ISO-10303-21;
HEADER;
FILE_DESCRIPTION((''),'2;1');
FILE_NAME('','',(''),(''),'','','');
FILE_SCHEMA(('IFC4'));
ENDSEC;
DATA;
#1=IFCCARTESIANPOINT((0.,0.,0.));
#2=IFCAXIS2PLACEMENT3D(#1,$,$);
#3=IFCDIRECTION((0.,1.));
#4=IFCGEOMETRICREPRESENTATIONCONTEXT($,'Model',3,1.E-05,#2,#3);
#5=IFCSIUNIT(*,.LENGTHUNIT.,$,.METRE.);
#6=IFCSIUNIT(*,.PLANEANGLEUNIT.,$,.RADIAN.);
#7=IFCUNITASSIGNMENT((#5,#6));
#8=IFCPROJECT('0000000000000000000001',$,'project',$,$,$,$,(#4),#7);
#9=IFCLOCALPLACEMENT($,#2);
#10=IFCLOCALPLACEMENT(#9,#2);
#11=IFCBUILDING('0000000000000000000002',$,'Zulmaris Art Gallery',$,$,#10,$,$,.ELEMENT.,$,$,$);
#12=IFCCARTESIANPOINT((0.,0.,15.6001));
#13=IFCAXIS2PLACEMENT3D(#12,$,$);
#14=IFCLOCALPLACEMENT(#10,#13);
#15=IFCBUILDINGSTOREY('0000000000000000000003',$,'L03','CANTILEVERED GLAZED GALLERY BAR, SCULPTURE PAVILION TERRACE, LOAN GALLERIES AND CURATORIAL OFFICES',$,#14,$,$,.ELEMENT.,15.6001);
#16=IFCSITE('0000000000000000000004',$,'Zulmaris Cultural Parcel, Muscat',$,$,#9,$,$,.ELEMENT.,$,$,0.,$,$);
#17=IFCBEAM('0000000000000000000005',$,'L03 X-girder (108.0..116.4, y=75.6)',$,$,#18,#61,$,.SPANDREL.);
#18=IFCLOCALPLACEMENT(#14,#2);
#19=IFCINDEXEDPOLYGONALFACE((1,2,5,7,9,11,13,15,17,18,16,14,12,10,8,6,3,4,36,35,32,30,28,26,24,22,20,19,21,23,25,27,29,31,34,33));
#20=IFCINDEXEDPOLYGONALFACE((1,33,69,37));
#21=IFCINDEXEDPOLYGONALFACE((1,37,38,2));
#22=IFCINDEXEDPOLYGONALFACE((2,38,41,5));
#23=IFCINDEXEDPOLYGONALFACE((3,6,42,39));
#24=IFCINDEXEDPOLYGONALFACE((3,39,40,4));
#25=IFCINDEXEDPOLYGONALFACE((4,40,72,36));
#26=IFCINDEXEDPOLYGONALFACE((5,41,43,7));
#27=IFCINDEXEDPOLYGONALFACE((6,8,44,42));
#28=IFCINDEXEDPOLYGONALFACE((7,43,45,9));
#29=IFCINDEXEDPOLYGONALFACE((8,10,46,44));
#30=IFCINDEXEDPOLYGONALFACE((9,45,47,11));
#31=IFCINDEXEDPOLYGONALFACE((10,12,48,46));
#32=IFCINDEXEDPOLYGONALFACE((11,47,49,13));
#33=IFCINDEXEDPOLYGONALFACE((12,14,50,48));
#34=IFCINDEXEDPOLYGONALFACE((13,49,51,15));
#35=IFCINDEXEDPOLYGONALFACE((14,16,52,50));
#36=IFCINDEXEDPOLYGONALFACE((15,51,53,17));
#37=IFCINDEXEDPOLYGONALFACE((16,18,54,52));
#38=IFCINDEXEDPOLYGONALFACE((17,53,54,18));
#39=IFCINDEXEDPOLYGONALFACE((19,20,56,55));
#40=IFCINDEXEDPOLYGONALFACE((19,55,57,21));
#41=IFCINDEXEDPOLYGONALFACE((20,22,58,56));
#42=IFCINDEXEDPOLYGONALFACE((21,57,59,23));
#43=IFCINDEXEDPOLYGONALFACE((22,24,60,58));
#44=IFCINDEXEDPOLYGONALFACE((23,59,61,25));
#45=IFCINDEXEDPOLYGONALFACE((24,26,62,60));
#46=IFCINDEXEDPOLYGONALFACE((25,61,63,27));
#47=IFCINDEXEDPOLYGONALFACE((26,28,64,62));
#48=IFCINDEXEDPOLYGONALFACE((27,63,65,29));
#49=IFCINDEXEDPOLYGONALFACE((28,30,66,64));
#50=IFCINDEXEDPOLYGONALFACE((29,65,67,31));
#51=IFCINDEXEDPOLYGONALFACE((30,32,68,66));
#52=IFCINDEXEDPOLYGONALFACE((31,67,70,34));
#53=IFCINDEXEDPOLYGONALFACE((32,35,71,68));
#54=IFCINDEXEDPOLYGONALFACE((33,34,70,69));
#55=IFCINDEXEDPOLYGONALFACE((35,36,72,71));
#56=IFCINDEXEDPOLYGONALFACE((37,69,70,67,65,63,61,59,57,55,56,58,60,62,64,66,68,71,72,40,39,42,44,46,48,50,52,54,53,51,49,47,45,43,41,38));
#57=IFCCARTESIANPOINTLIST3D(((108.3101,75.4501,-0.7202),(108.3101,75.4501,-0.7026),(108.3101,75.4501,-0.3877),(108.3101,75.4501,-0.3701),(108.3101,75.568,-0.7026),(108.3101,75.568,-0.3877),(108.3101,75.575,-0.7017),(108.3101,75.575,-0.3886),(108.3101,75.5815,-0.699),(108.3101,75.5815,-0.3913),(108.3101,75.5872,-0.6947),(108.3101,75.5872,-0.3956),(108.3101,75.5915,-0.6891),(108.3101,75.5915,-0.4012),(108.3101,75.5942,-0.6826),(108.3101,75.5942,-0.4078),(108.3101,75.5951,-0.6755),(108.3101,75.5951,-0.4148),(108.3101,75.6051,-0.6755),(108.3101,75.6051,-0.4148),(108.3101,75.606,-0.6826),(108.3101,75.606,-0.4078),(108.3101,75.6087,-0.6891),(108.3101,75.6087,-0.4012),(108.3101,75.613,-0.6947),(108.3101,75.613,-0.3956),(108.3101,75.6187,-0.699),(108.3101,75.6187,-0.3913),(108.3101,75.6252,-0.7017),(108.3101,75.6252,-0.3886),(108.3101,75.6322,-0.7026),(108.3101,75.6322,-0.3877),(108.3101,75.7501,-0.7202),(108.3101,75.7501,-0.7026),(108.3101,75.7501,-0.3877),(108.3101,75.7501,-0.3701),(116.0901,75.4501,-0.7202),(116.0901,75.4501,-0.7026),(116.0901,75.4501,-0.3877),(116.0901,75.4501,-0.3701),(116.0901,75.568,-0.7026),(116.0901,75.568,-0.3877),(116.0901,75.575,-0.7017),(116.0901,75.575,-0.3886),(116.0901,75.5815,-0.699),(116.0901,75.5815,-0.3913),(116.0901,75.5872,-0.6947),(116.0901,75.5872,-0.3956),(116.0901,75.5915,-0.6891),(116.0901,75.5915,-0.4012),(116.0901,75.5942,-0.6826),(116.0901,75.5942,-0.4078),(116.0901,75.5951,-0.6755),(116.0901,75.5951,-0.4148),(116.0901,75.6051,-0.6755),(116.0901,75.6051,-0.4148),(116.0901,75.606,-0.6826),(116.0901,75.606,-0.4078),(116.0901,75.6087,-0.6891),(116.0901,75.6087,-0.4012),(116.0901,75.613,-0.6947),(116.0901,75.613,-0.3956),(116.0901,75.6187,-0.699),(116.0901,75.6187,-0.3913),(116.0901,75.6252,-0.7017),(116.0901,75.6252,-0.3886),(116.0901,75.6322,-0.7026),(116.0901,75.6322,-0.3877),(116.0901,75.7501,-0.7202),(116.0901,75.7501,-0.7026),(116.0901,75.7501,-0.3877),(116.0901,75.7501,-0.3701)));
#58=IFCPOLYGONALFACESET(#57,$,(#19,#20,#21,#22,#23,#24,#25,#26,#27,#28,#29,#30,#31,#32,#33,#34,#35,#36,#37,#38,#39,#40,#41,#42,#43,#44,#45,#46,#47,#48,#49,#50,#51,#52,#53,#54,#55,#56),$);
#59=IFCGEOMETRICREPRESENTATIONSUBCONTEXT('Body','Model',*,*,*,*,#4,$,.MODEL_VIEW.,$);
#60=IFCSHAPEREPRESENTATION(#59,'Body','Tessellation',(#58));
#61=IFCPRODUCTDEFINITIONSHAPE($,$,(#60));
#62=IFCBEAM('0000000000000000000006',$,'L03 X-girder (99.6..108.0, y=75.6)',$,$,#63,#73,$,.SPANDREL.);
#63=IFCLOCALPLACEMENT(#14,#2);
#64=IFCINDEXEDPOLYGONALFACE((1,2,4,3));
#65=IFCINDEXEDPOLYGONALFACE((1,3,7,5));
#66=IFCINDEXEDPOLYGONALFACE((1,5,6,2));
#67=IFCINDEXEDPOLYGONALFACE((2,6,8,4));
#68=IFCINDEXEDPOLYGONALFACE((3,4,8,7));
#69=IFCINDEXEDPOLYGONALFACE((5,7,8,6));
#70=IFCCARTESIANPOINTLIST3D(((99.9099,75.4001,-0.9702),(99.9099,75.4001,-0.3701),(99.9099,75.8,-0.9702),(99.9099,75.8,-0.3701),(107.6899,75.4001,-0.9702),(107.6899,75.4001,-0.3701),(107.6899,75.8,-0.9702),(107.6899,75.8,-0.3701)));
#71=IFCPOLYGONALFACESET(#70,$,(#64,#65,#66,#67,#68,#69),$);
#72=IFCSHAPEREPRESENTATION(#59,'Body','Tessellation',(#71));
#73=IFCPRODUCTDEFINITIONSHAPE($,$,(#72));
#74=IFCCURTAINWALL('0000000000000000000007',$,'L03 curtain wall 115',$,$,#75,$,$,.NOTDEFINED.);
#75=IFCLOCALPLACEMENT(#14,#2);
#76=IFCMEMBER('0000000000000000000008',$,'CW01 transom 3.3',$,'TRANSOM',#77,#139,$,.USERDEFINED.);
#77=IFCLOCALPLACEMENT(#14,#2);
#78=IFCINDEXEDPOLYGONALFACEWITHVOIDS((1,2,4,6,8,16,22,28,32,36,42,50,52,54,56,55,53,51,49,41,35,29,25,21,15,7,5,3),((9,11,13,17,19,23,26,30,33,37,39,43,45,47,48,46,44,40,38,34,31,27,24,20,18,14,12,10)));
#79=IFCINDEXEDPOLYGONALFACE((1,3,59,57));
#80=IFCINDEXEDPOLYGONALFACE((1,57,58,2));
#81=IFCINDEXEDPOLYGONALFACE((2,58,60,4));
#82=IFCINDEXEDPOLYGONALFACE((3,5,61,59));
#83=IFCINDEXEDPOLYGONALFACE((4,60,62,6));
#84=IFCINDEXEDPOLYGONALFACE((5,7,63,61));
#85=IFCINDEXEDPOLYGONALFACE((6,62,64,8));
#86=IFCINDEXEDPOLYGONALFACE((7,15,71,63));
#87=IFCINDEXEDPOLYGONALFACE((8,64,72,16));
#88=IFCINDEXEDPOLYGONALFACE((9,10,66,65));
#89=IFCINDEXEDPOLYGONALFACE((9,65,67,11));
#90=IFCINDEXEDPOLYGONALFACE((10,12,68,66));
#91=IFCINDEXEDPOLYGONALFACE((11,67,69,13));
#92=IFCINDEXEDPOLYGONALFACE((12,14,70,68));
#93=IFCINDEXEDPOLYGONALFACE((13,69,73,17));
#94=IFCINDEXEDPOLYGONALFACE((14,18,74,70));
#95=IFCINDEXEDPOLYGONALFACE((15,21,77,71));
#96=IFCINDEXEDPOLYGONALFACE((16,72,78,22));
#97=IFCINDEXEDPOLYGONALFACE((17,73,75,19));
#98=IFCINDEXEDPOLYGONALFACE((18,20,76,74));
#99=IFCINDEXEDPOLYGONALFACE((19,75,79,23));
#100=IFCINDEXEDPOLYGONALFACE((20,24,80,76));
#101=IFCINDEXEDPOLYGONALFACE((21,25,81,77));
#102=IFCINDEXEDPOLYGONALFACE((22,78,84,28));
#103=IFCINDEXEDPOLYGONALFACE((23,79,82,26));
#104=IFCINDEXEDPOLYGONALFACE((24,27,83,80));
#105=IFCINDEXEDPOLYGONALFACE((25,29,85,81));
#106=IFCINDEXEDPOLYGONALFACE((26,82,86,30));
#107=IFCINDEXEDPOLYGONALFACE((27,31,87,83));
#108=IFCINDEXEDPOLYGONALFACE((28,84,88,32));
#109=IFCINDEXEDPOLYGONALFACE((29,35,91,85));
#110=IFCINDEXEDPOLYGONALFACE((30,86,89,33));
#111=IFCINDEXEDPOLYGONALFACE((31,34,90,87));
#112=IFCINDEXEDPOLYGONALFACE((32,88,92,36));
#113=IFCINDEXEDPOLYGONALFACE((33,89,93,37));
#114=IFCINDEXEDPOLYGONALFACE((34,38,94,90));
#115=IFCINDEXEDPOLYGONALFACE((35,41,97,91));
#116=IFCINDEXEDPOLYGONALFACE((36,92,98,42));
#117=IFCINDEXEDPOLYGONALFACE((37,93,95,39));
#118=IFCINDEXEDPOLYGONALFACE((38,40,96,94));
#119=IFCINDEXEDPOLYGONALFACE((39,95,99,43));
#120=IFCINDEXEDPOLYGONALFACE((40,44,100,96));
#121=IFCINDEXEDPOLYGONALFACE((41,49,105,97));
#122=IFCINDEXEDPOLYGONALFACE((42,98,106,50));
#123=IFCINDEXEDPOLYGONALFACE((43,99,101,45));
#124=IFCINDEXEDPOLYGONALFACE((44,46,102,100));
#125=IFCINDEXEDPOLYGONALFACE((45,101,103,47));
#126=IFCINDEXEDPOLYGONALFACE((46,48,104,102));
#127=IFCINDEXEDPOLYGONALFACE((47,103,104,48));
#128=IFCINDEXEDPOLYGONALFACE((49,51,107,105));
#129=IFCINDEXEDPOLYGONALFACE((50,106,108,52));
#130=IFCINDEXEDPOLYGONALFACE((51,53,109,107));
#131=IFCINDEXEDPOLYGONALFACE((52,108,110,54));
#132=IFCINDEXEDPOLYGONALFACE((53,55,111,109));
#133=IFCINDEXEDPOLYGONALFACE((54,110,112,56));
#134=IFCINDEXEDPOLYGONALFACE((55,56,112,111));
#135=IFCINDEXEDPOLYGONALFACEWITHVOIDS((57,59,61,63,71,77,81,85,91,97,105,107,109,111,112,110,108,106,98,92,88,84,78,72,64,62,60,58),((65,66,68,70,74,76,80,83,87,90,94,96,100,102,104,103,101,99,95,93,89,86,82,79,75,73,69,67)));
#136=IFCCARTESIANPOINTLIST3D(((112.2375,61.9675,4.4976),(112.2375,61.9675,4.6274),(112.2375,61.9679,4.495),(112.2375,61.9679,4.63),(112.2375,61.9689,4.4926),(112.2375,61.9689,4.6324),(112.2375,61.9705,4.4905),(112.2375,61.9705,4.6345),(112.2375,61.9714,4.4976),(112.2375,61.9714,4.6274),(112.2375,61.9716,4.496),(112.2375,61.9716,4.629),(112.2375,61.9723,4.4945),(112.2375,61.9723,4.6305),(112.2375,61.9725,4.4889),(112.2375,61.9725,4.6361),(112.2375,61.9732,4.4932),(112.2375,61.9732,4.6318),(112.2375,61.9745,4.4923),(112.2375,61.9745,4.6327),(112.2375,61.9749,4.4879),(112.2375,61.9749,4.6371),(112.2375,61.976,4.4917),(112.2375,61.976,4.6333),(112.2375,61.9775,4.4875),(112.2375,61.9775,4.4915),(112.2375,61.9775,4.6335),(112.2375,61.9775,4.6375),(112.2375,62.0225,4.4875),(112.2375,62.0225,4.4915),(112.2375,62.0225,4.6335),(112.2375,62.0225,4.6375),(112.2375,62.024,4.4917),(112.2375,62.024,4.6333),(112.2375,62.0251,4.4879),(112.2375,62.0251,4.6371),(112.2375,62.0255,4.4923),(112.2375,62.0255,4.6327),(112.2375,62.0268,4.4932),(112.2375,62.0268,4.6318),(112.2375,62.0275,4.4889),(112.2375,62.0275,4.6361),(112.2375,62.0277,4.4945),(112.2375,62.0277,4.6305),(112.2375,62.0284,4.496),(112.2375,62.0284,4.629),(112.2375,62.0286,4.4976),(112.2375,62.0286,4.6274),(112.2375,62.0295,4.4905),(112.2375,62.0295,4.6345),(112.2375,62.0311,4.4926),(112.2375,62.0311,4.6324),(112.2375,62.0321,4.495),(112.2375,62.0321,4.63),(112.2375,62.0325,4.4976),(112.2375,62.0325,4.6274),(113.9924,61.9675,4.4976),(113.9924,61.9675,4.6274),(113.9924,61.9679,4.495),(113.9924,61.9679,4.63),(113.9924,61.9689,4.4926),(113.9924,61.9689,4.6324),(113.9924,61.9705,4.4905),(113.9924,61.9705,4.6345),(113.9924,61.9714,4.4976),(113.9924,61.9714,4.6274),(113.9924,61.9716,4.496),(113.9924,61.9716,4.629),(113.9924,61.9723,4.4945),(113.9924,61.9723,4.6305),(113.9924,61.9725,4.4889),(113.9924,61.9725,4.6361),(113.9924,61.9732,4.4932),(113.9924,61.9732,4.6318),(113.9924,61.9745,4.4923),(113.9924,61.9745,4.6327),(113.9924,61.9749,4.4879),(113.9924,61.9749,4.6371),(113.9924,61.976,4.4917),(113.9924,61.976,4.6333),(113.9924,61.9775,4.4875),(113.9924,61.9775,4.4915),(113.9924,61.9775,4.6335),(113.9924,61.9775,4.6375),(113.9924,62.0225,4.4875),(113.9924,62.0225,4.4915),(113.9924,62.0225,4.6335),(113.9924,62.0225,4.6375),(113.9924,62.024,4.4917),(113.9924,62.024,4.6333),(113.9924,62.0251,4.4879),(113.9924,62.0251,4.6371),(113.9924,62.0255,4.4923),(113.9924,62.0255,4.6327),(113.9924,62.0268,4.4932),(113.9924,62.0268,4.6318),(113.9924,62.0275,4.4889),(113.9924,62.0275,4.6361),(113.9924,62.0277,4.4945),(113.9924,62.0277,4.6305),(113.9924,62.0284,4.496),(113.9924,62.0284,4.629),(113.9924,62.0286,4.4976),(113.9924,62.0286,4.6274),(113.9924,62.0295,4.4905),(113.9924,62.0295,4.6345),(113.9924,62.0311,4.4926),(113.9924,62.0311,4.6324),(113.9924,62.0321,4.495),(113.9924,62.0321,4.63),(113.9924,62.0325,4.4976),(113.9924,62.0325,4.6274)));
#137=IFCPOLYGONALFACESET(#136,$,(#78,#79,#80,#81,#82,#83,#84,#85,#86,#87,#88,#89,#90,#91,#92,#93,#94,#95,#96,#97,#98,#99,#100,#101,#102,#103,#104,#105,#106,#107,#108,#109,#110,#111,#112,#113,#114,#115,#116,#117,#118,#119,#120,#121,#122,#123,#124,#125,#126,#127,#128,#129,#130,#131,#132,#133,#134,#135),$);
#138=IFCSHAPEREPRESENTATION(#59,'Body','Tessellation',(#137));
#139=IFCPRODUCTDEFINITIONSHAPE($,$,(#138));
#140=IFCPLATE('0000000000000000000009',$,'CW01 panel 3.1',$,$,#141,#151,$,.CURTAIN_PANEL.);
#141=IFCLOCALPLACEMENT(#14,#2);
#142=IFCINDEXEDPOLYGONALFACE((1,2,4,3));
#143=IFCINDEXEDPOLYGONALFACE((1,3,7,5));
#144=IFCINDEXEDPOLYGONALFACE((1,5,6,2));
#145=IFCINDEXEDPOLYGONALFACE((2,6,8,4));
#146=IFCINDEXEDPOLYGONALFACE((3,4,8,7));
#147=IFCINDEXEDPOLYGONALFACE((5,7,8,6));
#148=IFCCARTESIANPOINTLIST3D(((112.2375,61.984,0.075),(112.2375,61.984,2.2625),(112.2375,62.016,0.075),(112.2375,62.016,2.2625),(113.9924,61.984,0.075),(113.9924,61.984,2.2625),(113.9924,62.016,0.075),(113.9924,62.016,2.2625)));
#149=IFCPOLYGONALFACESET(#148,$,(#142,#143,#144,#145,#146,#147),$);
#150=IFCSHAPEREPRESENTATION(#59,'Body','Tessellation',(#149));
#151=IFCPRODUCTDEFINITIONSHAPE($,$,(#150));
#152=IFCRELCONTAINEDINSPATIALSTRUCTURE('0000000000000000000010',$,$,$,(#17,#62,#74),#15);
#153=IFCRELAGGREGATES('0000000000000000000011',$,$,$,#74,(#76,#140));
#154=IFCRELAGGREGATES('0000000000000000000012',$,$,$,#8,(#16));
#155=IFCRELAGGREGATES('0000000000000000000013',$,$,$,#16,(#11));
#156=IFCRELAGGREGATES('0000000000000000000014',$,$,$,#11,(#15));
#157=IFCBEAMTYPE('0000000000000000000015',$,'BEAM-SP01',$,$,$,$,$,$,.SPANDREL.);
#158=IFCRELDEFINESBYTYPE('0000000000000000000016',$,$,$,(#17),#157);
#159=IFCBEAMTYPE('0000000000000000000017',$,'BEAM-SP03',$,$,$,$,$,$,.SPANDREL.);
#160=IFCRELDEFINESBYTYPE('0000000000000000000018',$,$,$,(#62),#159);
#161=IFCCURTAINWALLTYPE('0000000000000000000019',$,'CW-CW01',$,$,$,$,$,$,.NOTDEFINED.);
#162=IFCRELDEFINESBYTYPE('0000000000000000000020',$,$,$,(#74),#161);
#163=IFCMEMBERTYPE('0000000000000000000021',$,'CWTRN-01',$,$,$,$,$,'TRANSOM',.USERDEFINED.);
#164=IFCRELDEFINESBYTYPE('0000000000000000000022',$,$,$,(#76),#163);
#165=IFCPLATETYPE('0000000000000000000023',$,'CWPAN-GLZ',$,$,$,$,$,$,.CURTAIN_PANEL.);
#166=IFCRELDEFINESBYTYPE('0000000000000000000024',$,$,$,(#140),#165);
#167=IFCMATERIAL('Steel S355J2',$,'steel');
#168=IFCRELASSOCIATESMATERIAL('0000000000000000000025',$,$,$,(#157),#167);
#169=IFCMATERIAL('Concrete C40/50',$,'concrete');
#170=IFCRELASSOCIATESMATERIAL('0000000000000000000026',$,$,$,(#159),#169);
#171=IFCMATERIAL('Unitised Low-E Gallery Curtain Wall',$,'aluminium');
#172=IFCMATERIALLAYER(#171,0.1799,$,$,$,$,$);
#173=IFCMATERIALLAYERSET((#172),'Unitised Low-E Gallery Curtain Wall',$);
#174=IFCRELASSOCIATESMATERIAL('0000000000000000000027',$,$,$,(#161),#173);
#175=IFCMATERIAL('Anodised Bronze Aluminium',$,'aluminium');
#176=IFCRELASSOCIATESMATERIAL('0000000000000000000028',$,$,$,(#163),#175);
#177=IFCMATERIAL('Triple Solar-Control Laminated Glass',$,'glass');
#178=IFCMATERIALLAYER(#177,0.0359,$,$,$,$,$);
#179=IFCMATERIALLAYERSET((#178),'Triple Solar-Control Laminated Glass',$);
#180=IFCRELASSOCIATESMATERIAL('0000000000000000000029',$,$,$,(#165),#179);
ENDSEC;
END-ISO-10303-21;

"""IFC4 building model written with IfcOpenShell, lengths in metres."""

from ifc_helpers import new_model, si_unit, direction, frame, origin, origin_2d, place, context, subcontext, project, spatial, rectangle, hollow_rectangle, i_section, extrude, material, layer, layer_set, material_profile, profile_set, type_object, element, aggregate, save


model = new_model("IFC4")

# Units and contexts
model_context = context("Model", 3, precision=1e-05, world=origin(), true_north=direction((0.0, 1.0)))
body_context = subcontext(model_context, "Body", "Model", "MODEL_VIEW")
ifc_project = project(units=[si_unit("LENGTHUNIT", "METRE"), si_unit("PLANEANGLEUNIT", "RADIAN")], contexts=[model_context])

# Site, building, storey
site_placement = place(None, origin())
site = spatial("IfcSite", under=ifc_project, at=site_placement, Name="Zulmaris Cultural Parcel, Muscat", CompositionType="ELEMENT", RefElevation=0.0)
building_placement = place(site_placement, origin())
building = spatial("IfcBuilding", under=site, at=building_placement, Name="Zulmaris Art Gallery", CompositionType="ELEMENT")
storey_placement = place(building_placement, frame((0.0, 0.0, 15.6001)))
storey = spatial("IfcBuildingStorey", under=building, at=storey_placement, Name="L03", Description="CANTILEVERED GLAZED GALLERY BAR, SCULPTURE PAVILION TERRACE, LOAN GALLERIES AND CURATORIAL OFFICES", CompositionType="ELEMENT", Elevation=15.6001)

# Shared definitions
ifc_material_1 = material(Name="Concrete C40/50", Category="concrete")

# Beams
ifc_material_2 = material(Name="Steel S355J2", Category="steel")
ifc_material_profile_1 = material_profile(ifc_material_2, i_section(OverallWidth=0.3, OverallDepth=0.3501, WebThickness=0.01, FlangeThickness=0.0176, FilletRadius=0.0271, at=origin_2d()), Name="HEA 360")
ifc_profile_set_1 = profile_set([ifc_material_profile_1], Name="Steel S355J2")
beam_type_1 = type_object("IfcBeamType", Name="BEAM-SP01", PredefinedType="SPANDREL", material=ifc_profile_set_1)
beam_1_placement = place(storey_placement, frame((108.3101, 75.6001, -0.5452), z_axis=(1.0, 0.0, 0.0), x_axis=(0.0, 1.0, 0.0)))
element("IfcBeam", 1, at=beam_1_placement, inside=storey, type_object=beam_type_1, Name="L03 X-girder (108.0..116.4, y=75.6)", PredefinedType="SPANDREL", context=body_context, shape_type="SweptSolid", body=[
    extrude(i_section(OverallWidth=0.3, OverallDepth=0.3501, WebThickness=0.01, FlangeThickness=0.0176, FilletRadius=0.0271, at=origin_2d()), origin(), (0.0, 0.0, 1.0), 7.78),
])
ifc_material_profile_2 = material_profile(ifc_material_1, rectangle(XDim=0.3999, YDim=0.6001, at=origin_2d()), Name="RC 400x600")
ifc_profile_set_2 = profile_set([ifc_material_profile_2], Name="Concrete C40/50")
beam_type_2 = type_object("IfcBeamType", Name="BEAM-SP03", PredefinedType="SPANDREL", material=ifc_profile_set_2)
beam_2_placement = place(storey_placement, frame((99.9099, 75.6001, -0.6702), z_axis=(1.0, 0.0, 0.0), x_axis=(0.0, 1.0, 0.0)))
element("IfcBeam", 2, at=beam_2_placement, inside=storey, type_object=beam_type_2, Name="L03 X-girder (99.6..108.0, y=75.6)", PredefinedType="SPANDREL", context=body_context, shape_type="SweptSolid", body=[
    extrude(rectangle(XDim=0.3999, YDim=0.6001, at=origin_2d()), origin(), (0.0, 0.0, 1.0), 7.78),
])

# Curtain wall, member, plate
ifc_material_3 = material(Name="Unitised Low-E Gallery Curtain Wall", Category="aluminium")
ifc_layer_1 = layer(ifc_material_3, 0.1799)
ifc_layer_set_1 = layer_set([ifc_layer_1], Name="Unitised Low-E Gallery Curtain Wall")
curtain_wall_type = type_object("IfcCurtainWallType", Name="CW-CW01", PredefinedType="NOTDEFINED", material=ifc_layer_set_1)
curtain_wall_placement = place(storey_placement, origin())
curtain_wall = element("IfcCurtainWall", 3, at=curtain_wall_placement, inside=storey, type_object=curtain_wall_type, Name="L03 curtain wall 115", PredefinedType="NOTDEFINED")
ifc_material_4 = material(Name="Anodised Bronze Aluminium", Category="aluminium")
ifc_material_profile_3 = material_profile(ifc_material_4, hollow_rectangle(XDim=0.0649, YDim=0.1499, WallThickness=0.0039, InnerFilletRadius=0.0061, OuterFilletRadius=0.01, at=origin_2d()), Name="ALU 65x150x4")
ifc_profile_set_3 = profile_set([ifc_material_profile_3], Name="Anodised Bronze Aluminium")
member_type = type_object("IfcMemberType", Name="CWTRN-01", ElementType="TRANSOM", PredefinedType="USERDEFINED", material=ifc_profile_set_3)
member_placement = place(storey_placement, frame((112.2375, 62.0, 4.5625), z_axis=(1.0, 0.0, 0.0), x_axis=(0.0, 1.0, 0.0)))
member = element("IfcMember", 4, at=member_placement, type_object=member_type, Name="CW01 transom 3.3", ObjectType="TRANSOM", PredefinedType="USERDEFINED", context=body_context, shape_type="SweptSolid", body=[
    extrude(hollow_rectangle(XDim=0.0649, YDim=0.1499, WallThickness=0.0039, InnerFilletRadius=0.0061, OuterFilletRadius=0.01, at=origin_2d()), origin(), (0.0, 0.0, 1.0), 1.7549),
])
ifc_material_5 = material(Name="Triple Solar-Control Laminated Glass", Category="glass")
ifc_layer_2 = layer(ifc_material_5, 0.0359)
ifc_layer_set_2 = layer_set([ifc_layer_2], Name="Triple Solar-Control Laminated Glass")
plate_type = type_object("IfcPlateType", Name="CWPAN-GLZ", PredefinedType="CURTAIN_PANEL", material=ifc_layer_set_2)
plate_placement = place(storey_placement, frame((113.115, 62.0, 0.075), z_axis=(0.0, 0.0, 1.0), x_axis=(1.0, 0.0, 0.0)))
plate = element("IfcPlate", 5, at=plate_placement, type_object=plate_type, Name="CW01 panel 3.1", PredefinedType="CURTAIN_PANEL", context=body_context, shape_type="SweptSolid", body=[
    extrude(rectangle(XDim=1.7549, YDim=0.032, at=origin_2d()), origin(), (0.0, 0.0, 1.0), 2.1875),
])
aggregate(curtain_wall, [member, plate])

save(model, "model.ifc")
